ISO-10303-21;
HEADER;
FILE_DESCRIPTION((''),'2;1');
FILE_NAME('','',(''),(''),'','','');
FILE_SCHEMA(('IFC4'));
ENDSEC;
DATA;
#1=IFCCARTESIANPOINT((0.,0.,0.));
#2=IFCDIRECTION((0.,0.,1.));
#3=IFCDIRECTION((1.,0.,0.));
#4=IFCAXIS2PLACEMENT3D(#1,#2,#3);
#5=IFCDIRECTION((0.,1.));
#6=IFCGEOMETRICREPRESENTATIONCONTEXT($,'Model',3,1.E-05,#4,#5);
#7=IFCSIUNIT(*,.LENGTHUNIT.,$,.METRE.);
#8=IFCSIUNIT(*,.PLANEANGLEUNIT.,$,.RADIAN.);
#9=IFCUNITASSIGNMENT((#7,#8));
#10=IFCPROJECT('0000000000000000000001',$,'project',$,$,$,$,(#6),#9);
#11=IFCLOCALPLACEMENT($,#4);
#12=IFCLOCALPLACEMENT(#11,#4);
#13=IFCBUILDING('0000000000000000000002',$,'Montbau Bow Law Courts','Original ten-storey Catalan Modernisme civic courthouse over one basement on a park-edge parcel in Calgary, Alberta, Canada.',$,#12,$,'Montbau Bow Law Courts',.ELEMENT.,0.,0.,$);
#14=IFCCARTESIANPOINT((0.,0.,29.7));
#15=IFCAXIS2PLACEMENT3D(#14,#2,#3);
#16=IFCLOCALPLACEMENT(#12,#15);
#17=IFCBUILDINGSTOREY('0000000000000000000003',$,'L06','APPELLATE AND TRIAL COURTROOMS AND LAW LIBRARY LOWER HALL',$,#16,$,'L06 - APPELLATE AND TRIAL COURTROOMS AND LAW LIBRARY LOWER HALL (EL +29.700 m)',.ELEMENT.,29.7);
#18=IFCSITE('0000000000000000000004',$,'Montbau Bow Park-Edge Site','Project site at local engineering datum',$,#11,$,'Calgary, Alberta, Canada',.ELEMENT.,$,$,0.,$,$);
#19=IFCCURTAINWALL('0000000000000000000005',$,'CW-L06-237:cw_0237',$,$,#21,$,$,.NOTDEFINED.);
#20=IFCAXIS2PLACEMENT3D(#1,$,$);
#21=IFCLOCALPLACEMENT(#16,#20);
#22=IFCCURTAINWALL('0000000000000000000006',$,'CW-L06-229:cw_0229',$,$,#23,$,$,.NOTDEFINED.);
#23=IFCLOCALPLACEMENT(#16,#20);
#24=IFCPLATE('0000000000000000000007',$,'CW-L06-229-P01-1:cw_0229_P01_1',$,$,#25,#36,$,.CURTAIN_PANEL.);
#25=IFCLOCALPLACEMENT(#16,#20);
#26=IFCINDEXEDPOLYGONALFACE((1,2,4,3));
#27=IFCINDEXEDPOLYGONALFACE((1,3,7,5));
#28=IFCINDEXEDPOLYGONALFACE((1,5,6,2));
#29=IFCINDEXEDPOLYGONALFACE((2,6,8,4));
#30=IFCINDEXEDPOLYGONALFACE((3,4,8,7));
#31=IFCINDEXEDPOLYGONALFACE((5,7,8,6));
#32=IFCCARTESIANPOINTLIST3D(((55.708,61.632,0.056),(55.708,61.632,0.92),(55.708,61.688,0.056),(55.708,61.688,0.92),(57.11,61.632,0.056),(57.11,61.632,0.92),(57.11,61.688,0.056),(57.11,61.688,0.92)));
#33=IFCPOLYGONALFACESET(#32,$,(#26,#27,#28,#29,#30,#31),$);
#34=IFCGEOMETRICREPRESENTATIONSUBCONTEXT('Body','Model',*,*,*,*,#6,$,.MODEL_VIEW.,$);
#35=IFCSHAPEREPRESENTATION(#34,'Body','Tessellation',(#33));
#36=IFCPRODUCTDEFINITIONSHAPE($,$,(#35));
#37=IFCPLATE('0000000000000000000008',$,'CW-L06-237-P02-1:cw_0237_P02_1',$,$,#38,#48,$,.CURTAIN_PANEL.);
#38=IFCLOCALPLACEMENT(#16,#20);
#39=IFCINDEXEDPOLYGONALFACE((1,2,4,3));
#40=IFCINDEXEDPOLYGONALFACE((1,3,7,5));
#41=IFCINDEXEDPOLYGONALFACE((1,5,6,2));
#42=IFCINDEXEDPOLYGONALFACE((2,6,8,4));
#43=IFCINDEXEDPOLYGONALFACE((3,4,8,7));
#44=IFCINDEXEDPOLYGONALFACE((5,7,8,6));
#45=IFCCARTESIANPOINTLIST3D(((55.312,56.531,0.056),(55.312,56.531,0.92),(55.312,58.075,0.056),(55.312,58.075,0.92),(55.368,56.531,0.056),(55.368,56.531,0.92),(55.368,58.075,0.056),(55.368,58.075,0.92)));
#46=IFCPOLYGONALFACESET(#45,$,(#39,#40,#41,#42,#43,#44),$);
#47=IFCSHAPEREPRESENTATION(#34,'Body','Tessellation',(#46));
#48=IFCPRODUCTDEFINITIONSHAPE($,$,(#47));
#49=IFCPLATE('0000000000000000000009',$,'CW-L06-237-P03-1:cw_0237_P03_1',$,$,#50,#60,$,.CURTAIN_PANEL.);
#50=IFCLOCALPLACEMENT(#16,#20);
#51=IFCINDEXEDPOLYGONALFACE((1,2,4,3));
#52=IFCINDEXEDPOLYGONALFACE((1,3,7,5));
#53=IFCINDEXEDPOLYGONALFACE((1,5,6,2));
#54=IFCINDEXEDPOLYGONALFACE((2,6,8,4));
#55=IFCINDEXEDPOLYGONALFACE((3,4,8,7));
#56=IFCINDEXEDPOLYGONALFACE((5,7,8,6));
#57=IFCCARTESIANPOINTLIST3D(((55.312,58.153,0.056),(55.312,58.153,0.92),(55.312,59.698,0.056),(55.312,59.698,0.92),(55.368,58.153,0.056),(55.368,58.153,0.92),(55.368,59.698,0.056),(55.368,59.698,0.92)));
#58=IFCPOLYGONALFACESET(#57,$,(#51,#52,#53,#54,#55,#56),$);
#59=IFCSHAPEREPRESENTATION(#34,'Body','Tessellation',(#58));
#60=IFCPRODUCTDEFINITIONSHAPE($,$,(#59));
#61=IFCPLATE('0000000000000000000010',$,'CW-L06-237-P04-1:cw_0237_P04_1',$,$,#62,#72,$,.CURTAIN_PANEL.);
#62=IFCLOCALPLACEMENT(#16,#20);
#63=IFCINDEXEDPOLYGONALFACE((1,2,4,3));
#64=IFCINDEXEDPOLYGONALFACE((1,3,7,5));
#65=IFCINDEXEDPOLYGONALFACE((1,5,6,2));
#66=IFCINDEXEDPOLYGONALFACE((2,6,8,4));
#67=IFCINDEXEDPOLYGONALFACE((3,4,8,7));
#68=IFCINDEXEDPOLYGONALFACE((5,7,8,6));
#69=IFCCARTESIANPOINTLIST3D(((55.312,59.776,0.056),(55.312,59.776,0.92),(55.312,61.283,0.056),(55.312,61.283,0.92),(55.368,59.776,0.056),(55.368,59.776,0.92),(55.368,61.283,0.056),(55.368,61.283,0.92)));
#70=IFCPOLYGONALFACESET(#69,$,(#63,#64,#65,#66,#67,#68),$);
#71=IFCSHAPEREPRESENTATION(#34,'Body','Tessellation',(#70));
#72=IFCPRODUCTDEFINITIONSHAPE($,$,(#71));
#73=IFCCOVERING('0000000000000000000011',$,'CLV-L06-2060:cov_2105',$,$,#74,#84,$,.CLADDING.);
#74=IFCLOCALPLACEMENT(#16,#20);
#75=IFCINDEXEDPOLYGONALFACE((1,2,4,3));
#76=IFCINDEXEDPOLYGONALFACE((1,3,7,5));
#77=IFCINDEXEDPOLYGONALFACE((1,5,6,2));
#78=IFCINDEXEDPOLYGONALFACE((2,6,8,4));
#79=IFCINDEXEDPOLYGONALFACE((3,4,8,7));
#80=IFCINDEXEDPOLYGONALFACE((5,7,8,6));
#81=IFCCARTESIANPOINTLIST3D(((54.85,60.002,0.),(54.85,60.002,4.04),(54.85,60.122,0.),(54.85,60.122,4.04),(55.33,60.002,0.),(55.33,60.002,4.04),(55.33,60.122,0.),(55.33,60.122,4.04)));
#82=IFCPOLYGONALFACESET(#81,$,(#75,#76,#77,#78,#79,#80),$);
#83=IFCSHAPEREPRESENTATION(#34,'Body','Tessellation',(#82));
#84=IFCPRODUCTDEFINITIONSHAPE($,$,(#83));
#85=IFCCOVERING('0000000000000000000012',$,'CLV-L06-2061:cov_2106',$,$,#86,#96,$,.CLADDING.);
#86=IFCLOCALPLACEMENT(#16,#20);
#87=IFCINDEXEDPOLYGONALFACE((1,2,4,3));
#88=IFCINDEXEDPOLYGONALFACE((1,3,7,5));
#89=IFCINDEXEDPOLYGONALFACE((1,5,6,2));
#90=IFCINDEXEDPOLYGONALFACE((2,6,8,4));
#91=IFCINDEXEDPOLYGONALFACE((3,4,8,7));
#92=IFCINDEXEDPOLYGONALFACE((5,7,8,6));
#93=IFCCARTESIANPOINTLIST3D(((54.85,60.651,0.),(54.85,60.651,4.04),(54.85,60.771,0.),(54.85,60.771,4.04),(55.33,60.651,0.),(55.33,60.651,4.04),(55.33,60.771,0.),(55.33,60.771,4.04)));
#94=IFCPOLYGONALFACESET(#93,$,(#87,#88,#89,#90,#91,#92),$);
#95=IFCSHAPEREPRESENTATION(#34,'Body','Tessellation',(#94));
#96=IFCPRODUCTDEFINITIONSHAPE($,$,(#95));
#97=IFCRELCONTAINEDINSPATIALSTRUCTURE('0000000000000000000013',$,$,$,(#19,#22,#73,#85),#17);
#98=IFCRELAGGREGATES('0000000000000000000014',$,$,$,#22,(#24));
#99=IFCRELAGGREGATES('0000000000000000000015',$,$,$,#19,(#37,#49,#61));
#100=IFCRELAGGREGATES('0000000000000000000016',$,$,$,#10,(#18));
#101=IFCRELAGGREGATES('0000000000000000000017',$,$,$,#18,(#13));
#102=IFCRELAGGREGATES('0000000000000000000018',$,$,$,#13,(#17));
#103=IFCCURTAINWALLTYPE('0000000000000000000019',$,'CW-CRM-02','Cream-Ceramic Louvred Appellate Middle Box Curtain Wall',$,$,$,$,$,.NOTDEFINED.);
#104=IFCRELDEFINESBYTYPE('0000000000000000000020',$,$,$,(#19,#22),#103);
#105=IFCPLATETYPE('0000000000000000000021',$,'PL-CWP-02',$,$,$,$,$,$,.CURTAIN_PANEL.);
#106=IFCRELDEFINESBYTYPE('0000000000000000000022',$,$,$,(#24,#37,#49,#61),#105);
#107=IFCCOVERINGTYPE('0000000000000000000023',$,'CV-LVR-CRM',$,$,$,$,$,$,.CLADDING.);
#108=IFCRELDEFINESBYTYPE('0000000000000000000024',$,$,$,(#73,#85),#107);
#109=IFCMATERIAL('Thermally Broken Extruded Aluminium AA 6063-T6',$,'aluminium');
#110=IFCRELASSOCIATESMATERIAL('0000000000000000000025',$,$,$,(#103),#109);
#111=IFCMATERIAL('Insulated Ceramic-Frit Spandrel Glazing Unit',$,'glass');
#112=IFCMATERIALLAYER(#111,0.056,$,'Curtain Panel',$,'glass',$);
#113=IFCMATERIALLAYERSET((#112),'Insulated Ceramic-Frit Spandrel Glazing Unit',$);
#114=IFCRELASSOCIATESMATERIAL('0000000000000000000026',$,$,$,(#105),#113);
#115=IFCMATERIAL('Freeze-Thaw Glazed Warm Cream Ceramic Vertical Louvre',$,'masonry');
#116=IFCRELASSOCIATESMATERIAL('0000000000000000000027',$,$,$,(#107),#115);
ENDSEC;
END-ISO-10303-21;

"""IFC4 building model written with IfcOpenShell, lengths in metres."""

from ifc_helpers import new_model, si_unit, direction, frame, frame_2d, origin_with_axes, place, context, subcontext, project, spatial, rectangle, extrude, material, layer, layer_set, type_object, element, aggregate, save


model = new_model("IFC4")

# Units and contexts
model_context = context("Model", 3, precision=1e-05, world=origin_with_axes(), true_north=direction((0.0, 1.0)))
body_context = subcontext(model_context, "Body", "Model", "MODEL_VIEW")
ifc_project = project(units=[si_unit("LENGTHUNIT", "METRE"), si_unit("PLANEANGLEUNIT", "RADIAN")], contexts=[model_context])

# Site, building, storey
site_placement = place(None, origin_with_axes())
site = spatial("IfcSite", under=ifc_project, at=site_placement, Name="Montbau Bow Park-Edge Site", Description="Project site at local engineering datum", LongName="Calgary, Alberta, Canada", CompositionType="ELEMENT", RefElevation=0.0)
building_placement = place(site_placement, origin_with_axes())
building = spatial("IfcBuilding", under=site, at=building_placement, Name="Montbau Bow Law Courts", Description="Original ten-storey Catalan Modernisme civic courthouse over one basement on a park-edge parcel in Calgary, Alberta, Canada.", LongName="Montbau Bow Law Courts", CompositionType="ELEMENT", ElevationOfRefHeight=0.0, ElevationOfTerrain=0.0)
storey_placement = place(building_placement, frame((0.0, 0.0, 29.7), z_axis=(0.0, 0.0, 1.0), x_axis=(1.0, 0.0, 0.0)))
storey = spatial("IfcBuildingStorey", under=building, at=storey_placement, Name="L06", Description="APPELLATE AND TRIAL COURTROOMS AND LAW LIBRARY LOWER HALL", LongName="L06 - APPELLATE AND TRIAL COURTROOMS AND LAW LIBRARY LOWER HALL (EL +29.700 m)", CompositionType="ELEMENT", Elevation=29.7)

# Curtain wall
ifc_material_1 = material(Name="Thermally Broken Extruded Aluminium AA 6063-T6", Category="aluminium")
curtain_wall_type = type_object("IfcCurtainWallType", Name="CW-CRM-02", Description="Cream-Ceramic Louvred Appellate Middle Box Curtain Wall", PredefinedType="NOTDEFINED", material=ifc_material_1)
curtain_wall_1_placement = place(None, frame((55.34, 54.868, 29.7), z_axis=(0.0, 0.0, 1.0), x_axis=(1.0, 0.0, 0.0)))
curtain_wall_1 = element("IfcCurtainWall", 1, at=curtain_wall_1_placement, inside=storey, type_object=curtain_wall_type, Name="CW-L06-237:cw_0237", PredefinedType="NOTDEFINED")

# Curtain wall
curtain_wall_2_placement = place(None, frame((55.64, 61.66, 29.7), z_axis=(0.0, 0.0, 1.0), x_axis=(1.0, 0.0, 0.0)))
curtain_wall_2 = element("IfcCurtainWall", 2, at=curtain_wall_2_placement, inside=storey, type_object=curtain_wall_type, Name="CW-L06-229:cw_0229", PredefinedType="NOTDEFINED")

# Plates
ifc_material_2 = material(Name="Insulated Ceramic-Frit Spandrel Glazing Unit", Category="glass")
ifc_layer_1 = layer(ifc_material_2, 0.056, Name="Curtain Panel", Category="glass")
ifc_layer_set_1 = layer_set([ifc_layer_1], Name="Insulated Ceramic-Frit Spandrel Glazing Unit")
plate_type_1 = type_object("IfcPlateType", Name="PL-CWP-02", PredefinedType="CURTAIN_PANEL", material=ifc_layer_set_1)
plate_1_placement = place(None, frame((55.708, 61.66, 29.756), z_axis=(0.0, -1.0, 0.0), x_axis=(1.0, 0.0, 0.0)))
plate_1 = element("IfcPlate", 3, at=plate_1_placement, type_object=plate_type_1, Name="CW-L06-229-P01-1:cw_0229_P01_1", PredefinedType="CURTAIN_PANEL", context=body_context, shape_type="SweptSolid", body=[
    extrude(rectangle(XDim=1.402, YDim=0.864, at=frame_2d((0.701, 0.432), x_axis=(1.0, 0.0))), frame((0.0, 0.0, -0.028), z_axis=(0.0, 0.0, 1.0), x_axis=(1.0, 0.0, 0.0)), (0.0, 0.0, 1.0), 0.056),
])
aggregate(curtain_wall_2, [plate_1])
plate_2_placement = place(None, frame((55.34, 56.531, 29.756), z_axis=(1.0, 0.0, 0.0), x_axis=(0.0, 1.0, 0.0)))
plate_2 = element("IfcPlate", 4, at=plate_2_placement, type_object=plate_type_1, Name="CW-L06-237-P02-1:cw_0237_P02_1", PredefinedType="CURTAIN_PANEL", context=body_context, shape_type="SweptSolid", body=[
    extrude(rectangle(XDim=1.544, YDim=0.864, at=frame_2d((0.772, 0.432), x_axis=(1.0, 0.0))), frame((0.0, 0.0, -0.028), z_axis=(0.0, 0.0, 1.0), x_axis=(1.0, 0.0, 0.0)), (0.0, 0.0, 1.0), 0.056),
])
plate_3_placement = place(None, frame((55.34, 58.153, 29.756), z_axis=(1.0, 0.0, 0.0), x_axis=(0.0, 1.0, 0.0)))
plate_3 = element("IfcPlate", 5, at=plate_3_placement, type_object=plate_type_1, Name="CW-L06-237-P03-1:cw_0237_P03_1", PredefinedType="CURTAIN_PANEL", context=body_context, shape_type="SweptSolid", body=[
    extrude(rectangle(XDim=1.545, YDim=0.864, at=frame_2d((0.7725, 0.432), x_axis=(1.0, 0.0))), frame((0.0, 0.0, -0.028), z_axis=(0.0, 0.0, 1.0), x_axis=(1.0, 0.0, 0.0)), (0.0, 0.0, 1.0), 0.056),
])
plate_4_placement = place(None, frame((55.34, 59.776, 29.756), z_axis=(1.0, 0.0, 0.0), x_axis=(0.0, 1.0, 0.0)))
plate_4 = element("IfcPlate", 6, at=plate_4_placement, type_object=plate_type_1, Name="CW-L06-237-P04-1:cw_0237_P04_1", PredefinedType="CURTAIN_PANEL", context=body_context, shape_type="SweptSolid", body=[
    extrude(rectangle(XDim=1.507, YDim=0.864, at=frame_2d((0.7535, 0.432), x_axis=(1.0, 0.0))), frame((0.0, 0.0, -0.028), z_axis=(0.0, 0.0, 1.0), x_axis=(1.0, 0.0, 0.0)), (0.0, 0.0, 1.0), 0.056),
])
aggregate(curtain_wall_1, [plate_2, plate_3, plate_4])

# Coverings
ifc_material_3 = material(Name="Freeze-Thaw Glazed Warm Cream Ceramic Vertical Louvre", Category="masonry")
covering_type = type_object("IfcCoveringType", Name="CV-LVR-CRM", PredefinedType="CLADDING", material=ifc_material_3)
for number, where, z_axis, x_axis, name in (
    (7, (55.33, 60.062, 29.7), (0.0, 1.0, 0.0), (-1.0, 0.0, 0.0), "CLV-L06-2060:cov_2105"),
    (8, (55.33, 60.711, 29.7), (0.0, 1.0, 0.0), (-1.0, 0.0, 0.0), "CLV-L06-2061:cov_2106"),
):
    element("IfcCovering", number, at=place(None, frame(where, z_axis=z_axis, x_axis=x_axis)), inside=storey, type_object=covering_type, Name=name, PredefinedType="CLADDING", context=body_context, shape_type="SweptSolid", body=[
        extrude(rectangle(XDim=0.48, YDim=4.04, at=frame_2d((0.24, 2.02), x_axis=(1.0, 0.0))), frame((0.0, 0.0, -0.06), z_axis=(0.0, 0.0, 1.0), x_axis=(1.0, 0.0, 0.0)), (0.0, 0.0, 1.0), 0.12),
    ])

save(model, "model.ifc")
